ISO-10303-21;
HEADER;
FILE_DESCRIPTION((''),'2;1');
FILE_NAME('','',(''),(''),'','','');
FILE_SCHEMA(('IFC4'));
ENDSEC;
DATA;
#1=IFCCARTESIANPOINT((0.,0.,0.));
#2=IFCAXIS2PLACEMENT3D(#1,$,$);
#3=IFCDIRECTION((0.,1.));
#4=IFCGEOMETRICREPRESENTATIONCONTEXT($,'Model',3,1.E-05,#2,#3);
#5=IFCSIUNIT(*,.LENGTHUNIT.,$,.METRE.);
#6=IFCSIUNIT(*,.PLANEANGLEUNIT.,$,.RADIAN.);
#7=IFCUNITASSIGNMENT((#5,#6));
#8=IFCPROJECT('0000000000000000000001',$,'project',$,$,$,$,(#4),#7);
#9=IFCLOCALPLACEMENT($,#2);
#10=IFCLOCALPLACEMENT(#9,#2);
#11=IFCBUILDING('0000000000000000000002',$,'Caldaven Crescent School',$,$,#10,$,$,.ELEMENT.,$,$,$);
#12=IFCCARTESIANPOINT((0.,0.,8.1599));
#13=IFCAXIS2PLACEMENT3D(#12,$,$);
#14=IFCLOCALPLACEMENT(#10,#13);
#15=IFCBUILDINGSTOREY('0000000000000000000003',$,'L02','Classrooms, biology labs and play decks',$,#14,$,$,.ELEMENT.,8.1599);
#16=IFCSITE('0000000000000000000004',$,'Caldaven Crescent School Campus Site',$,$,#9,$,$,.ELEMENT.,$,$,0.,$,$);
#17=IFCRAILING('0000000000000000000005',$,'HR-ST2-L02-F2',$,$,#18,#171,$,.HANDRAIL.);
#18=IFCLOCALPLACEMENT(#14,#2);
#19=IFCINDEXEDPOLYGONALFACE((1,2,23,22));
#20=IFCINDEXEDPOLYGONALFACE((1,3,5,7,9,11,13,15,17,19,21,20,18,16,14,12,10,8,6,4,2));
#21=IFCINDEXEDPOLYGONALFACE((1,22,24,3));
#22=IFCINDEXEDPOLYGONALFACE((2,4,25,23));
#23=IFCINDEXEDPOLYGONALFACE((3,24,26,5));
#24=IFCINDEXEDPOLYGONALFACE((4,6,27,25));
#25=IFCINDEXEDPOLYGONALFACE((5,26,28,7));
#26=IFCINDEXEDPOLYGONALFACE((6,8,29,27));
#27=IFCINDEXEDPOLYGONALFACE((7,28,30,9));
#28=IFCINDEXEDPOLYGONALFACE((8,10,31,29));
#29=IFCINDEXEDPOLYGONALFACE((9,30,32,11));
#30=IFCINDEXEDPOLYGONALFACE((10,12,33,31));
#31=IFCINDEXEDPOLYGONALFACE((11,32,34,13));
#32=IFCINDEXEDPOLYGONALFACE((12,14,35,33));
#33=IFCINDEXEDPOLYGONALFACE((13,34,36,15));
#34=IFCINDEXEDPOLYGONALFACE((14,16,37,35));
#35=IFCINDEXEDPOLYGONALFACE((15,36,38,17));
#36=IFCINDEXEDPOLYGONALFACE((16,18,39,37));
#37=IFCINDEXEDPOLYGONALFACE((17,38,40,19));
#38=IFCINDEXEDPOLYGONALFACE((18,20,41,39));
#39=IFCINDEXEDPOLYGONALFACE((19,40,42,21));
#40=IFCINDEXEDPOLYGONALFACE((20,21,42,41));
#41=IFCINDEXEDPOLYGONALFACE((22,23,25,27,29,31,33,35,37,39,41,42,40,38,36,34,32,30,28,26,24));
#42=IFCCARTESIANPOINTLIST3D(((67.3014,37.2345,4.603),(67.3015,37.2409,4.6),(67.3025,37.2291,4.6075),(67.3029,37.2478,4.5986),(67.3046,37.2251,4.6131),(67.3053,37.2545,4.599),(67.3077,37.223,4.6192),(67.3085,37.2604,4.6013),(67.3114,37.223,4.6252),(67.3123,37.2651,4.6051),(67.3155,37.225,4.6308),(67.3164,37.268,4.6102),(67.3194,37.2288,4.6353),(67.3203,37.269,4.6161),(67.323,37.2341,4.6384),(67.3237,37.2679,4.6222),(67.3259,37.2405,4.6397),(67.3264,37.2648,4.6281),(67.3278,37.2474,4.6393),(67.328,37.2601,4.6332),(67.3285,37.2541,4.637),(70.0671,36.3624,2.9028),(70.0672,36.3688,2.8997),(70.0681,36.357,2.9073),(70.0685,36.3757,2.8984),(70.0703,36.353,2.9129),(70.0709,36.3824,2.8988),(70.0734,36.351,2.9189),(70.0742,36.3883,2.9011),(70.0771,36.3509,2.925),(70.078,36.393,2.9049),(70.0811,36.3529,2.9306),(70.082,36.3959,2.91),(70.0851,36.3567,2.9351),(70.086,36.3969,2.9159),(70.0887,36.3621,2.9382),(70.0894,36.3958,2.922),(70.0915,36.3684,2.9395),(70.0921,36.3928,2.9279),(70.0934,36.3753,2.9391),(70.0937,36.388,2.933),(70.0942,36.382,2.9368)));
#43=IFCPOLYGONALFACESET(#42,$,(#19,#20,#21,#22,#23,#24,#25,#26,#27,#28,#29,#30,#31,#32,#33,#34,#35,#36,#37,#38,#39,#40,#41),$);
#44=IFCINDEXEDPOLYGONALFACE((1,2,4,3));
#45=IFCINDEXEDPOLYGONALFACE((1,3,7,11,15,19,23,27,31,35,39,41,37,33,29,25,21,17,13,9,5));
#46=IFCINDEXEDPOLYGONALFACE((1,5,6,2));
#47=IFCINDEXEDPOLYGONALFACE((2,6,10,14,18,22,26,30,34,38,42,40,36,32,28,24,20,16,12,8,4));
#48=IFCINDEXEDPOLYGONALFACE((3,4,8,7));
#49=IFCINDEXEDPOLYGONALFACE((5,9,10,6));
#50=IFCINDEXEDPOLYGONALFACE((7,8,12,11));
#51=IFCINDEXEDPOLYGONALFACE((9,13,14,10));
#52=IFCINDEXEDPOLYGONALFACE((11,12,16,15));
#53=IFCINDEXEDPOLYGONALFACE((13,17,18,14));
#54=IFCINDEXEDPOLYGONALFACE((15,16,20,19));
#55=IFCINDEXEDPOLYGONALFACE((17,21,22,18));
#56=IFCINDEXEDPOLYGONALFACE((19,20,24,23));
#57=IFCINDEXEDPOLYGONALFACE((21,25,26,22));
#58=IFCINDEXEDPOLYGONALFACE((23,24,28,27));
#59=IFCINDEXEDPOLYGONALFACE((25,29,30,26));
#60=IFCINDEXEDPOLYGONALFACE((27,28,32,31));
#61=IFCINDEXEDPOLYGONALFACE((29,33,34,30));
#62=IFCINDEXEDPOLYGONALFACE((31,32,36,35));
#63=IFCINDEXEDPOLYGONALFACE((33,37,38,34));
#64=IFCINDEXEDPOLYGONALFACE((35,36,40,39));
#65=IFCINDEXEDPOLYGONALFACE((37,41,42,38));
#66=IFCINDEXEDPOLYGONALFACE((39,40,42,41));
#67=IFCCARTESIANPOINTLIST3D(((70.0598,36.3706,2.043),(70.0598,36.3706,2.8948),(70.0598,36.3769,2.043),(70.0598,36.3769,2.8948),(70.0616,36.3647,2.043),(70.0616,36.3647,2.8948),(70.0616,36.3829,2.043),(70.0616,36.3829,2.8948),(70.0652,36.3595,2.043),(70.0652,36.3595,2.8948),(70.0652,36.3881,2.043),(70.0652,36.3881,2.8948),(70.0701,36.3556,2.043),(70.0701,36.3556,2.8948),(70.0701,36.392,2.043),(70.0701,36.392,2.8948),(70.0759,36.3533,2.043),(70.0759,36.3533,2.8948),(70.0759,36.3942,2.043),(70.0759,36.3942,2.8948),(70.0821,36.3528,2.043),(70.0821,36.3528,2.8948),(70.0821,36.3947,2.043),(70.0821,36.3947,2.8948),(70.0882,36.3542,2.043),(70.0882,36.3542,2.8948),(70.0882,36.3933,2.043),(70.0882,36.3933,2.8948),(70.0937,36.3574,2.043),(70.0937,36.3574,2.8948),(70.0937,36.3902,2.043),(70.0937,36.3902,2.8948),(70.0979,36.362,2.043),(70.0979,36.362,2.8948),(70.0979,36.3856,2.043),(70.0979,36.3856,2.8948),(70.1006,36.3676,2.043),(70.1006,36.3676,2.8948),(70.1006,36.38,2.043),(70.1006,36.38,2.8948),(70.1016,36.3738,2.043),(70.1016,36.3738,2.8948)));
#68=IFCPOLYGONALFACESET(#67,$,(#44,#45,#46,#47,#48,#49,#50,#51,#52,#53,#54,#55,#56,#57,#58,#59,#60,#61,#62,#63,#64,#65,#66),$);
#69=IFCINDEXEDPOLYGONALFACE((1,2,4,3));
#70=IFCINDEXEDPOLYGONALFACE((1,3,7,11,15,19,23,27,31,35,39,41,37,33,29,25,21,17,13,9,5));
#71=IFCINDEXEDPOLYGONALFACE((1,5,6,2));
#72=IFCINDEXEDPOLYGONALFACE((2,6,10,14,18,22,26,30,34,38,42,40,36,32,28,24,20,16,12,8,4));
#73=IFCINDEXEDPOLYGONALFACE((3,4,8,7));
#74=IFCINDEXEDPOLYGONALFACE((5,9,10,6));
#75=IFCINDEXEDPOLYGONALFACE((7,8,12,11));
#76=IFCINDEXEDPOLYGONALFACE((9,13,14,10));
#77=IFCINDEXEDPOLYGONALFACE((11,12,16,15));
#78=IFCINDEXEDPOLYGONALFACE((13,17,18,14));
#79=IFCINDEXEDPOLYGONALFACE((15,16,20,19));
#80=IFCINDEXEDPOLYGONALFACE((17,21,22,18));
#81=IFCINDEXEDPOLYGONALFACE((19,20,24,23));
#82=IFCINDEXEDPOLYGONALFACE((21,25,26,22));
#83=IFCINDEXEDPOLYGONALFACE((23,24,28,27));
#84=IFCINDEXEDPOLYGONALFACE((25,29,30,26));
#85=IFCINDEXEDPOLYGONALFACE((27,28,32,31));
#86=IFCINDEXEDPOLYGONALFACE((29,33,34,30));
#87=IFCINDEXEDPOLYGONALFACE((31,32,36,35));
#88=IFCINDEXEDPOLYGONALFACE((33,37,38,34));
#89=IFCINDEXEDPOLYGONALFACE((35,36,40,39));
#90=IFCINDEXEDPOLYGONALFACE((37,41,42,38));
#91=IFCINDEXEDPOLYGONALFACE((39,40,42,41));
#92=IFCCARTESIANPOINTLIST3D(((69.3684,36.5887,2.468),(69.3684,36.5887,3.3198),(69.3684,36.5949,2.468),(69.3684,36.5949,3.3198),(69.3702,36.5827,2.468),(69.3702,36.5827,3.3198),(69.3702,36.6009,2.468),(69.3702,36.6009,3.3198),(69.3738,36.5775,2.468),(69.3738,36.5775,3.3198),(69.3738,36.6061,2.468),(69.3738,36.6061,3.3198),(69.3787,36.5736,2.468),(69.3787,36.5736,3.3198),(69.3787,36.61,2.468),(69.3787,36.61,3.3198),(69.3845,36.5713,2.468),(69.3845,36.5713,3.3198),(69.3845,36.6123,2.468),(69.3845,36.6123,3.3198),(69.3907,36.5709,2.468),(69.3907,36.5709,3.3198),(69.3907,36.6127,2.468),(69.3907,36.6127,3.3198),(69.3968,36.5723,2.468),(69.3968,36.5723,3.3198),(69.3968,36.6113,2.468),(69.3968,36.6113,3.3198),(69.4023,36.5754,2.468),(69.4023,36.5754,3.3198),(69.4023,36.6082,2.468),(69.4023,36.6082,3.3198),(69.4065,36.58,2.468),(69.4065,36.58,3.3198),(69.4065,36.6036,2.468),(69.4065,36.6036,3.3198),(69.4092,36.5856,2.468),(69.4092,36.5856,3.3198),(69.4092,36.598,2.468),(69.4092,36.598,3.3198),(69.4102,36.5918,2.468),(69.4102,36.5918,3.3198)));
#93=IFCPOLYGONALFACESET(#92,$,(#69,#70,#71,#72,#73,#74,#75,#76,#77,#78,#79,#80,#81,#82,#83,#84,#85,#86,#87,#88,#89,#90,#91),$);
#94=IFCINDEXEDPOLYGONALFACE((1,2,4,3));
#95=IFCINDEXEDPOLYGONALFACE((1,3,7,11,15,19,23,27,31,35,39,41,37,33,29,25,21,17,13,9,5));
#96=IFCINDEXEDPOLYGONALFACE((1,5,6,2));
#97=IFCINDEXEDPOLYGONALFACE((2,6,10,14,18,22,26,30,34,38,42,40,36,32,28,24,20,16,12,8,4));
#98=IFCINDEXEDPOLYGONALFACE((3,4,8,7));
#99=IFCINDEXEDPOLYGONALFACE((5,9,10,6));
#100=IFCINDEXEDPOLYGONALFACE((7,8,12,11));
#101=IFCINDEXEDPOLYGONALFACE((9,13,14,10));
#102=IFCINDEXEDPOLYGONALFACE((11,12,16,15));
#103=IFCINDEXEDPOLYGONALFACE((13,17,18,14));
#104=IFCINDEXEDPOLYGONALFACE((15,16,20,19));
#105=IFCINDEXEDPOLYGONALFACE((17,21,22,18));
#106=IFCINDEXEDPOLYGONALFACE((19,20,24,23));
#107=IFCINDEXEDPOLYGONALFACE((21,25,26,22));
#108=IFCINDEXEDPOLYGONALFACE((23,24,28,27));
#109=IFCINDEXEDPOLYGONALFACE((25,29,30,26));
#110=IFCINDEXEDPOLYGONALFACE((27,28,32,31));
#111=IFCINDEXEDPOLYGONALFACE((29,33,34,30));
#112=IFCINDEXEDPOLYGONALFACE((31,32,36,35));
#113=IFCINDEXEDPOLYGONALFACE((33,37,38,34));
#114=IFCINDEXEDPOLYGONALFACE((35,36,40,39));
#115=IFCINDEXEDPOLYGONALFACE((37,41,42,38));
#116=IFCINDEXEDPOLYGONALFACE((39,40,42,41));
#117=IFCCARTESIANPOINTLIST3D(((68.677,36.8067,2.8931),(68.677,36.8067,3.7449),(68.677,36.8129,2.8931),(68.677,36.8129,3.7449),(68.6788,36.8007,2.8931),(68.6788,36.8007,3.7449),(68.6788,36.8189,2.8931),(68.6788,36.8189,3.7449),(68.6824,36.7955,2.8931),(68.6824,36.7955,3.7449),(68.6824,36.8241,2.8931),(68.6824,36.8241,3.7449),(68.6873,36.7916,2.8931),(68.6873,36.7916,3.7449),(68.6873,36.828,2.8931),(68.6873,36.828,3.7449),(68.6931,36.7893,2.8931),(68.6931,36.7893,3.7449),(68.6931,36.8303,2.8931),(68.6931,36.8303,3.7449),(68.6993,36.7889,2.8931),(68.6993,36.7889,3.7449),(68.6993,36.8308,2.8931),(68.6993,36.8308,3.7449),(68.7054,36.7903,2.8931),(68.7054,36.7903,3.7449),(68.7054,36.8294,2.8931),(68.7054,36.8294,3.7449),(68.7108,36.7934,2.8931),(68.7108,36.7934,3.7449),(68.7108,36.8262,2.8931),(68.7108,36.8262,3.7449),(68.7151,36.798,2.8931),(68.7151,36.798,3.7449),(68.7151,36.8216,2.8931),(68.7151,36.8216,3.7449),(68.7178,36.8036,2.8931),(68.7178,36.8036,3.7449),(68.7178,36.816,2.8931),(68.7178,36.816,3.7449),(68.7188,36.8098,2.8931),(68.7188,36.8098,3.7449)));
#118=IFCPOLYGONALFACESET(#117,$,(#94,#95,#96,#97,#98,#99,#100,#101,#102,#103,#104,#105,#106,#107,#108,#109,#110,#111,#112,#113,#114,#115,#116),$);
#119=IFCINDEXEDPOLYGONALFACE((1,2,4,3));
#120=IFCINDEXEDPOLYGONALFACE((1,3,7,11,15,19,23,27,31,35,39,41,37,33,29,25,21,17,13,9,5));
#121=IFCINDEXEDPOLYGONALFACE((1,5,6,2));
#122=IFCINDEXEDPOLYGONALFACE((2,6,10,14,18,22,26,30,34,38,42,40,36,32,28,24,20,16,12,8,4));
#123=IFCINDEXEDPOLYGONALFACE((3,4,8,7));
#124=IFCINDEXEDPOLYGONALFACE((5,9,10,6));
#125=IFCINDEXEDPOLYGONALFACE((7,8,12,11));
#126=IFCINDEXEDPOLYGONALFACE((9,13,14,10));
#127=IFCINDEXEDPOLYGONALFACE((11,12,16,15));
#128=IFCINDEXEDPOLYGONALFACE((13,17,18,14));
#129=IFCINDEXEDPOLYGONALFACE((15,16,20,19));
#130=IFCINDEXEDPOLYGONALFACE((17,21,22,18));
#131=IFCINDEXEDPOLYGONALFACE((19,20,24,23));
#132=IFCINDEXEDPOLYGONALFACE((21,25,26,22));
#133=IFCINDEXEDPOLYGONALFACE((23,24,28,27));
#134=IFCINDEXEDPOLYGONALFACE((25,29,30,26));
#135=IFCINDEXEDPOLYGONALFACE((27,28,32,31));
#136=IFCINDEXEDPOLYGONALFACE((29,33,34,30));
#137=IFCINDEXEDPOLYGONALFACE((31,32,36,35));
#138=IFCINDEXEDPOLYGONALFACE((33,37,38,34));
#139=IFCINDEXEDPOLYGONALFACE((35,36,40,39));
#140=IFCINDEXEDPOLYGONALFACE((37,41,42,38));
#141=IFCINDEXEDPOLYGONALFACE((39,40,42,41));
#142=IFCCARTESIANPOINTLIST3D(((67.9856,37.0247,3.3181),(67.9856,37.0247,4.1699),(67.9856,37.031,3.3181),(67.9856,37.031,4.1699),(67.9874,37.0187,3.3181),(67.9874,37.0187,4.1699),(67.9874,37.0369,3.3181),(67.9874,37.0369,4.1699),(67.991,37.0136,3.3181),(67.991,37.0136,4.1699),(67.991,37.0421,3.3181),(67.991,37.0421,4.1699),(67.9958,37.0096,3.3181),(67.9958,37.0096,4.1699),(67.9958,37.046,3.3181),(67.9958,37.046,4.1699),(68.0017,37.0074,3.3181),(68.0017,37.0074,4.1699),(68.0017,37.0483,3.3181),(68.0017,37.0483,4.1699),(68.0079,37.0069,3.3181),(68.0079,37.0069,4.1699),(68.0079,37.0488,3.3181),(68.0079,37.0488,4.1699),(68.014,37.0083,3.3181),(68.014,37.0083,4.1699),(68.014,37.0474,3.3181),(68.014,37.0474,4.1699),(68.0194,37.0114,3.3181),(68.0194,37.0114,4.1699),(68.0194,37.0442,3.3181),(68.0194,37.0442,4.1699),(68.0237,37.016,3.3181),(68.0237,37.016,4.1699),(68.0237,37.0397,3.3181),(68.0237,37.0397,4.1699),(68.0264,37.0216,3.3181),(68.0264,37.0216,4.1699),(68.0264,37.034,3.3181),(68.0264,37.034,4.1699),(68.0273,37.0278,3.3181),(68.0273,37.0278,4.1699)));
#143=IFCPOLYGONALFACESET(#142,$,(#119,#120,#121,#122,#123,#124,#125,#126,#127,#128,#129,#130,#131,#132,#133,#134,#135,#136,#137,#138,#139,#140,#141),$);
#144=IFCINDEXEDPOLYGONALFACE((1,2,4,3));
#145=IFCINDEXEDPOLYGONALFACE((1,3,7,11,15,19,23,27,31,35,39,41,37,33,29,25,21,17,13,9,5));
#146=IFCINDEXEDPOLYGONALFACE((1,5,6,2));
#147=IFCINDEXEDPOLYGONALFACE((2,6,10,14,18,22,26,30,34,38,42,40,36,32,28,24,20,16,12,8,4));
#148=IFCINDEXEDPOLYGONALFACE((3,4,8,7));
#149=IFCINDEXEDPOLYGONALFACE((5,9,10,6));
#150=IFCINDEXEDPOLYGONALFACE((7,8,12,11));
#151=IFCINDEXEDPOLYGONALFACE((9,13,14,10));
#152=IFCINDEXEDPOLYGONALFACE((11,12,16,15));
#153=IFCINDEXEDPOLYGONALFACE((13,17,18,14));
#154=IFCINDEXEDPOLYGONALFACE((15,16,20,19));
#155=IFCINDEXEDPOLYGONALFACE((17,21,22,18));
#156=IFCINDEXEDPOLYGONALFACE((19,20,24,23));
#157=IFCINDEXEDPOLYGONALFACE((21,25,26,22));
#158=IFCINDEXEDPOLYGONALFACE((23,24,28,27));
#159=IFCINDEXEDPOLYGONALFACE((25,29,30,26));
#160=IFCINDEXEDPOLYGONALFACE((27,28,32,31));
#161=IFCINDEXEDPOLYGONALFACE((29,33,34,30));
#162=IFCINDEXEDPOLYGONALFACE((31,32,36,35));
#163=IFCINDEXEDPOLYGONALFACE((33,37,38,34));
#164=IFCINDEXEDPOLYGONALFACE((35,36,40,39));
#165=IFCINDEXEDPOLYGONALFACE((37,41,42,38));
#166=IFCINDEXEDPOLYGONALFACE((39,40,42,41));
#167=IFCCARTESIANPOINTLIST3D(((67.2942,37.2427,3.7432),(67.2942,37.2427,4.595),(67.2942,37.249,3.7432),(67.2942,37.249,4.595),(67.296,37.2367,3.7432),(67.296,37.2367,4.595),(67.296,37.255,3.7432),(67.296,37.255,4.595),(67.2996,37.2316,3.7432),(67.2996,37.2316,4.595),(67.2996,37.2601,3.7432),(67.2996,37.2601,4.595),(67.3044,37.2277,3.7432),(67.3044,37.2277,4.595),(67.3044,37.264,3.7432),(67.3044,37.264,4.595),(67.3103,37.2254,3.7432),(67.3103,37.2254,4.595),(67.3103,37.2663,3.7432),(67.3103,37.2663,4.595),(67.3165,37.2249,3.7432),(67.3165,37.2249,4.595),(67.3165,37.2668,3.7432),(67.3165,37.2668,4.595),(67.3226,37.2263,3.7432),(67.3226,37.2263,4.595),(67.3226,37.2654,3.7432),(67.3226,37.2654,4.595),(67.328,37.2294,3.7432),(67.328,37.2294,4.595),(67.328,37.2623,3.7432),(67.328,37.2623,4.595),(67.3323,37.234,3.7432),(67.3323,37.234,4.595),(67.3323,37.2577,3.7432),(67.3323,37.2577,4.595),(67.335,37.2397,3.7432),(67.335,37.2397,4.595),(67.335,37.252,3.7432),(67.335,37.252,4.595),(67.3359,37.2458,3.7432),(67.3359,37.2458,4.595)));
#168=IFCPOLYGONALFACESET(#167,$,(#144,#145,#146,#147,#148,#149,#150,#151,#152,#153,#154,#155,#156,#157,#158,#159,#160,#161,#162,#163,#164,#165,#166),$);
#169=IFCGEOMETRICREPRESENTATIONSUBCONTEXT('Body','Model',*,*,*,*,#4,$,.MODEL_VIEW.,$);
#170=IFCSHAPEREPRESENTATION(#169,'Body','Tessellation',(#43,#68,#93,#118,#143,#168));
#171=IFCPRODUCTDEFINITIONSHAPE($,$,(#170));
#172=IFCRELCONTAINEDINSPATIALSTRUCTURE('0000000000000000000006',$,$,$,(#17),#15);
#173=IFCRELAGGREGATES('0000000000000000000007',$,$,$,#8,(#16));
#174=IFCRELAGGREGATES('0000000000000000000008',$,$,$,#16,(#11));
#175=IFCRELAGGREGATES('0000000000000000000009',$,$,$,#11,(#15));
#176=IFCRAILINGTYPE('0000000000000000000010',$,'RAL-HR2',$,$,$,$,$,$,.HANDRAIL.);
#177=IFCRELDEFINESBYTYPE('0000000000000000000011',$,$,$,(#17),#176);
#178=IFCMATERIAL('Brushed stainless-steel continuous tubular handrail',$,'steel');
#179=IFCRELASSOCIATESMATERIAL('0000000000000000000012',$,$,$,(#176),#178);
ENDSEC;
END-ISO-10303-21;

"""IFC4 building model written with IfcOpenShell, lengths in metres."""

from ifc_helpers import new_model, si_unit, direction, frame, origin, origin_2d, place, context, subcontext, project, spatial, circle, extrude, material, type_object, element, save


model = new_model("IFC4")

# Units and contexts
model_context = context("Model", 3, precision=1e-05, world=origin(), true_north=direction((0.0, 1.0)))
body_context = subcontext(model_context, "Body", "Model", "MODEL_VIEW")
ifc_project = project(units=[si_unit("LENGTHUNIT", "METRE"), si_unit("PLANEANGLEUNIT", "RADIAN")], contexts=[model_context])

# Site, building, storey
site_placement = place(None, origin())
site = spatial("IfcSite", under=ifc_project, at=site_placement, Name="Caldaven Crescent School Campus Site", CompositionType="ELEMENT", RefElevation=0.0)
building_placement = place(site_placement, origin())
building = spatial("IfcBuilding", under=site, at=building_placement, Name="Caldaven Crescent School", CompositionType="ELEMENT")
storey_placement = place(building_placement, frame((0.0, 0.0, 8.1599)))
storey = spatial("IfcBuildingStorey", under=building, at=storey_placement, Name="L02", Description="Classrooms, biology labs and play decks", CompositionType="ELEMENT", Elevation=8.1599)

# Railing
ifc_material_1 = material(Name="Brushed stainless-steel continuous tubular handrail", Category="steel")
railing_type_1 = type_object("IfcRailingType", Name="RAL-HR2", PredefinedType="HANDRAIL", material=ifc_material_1)
railing_1_placement = place(storey_placement, frame((70.0806, 36.3738, 2.043)))
element("IfcRailing", 1, at=railing_1_placement, inside=storey, type_object=railing_type_1, Name="HR-ST2-L02-F2", PredefinedType="HANDRAIL", context=body_context, shape_type="SweptSolid", body=[
    extrude(circle(Radius=0.0239, at=origin_2d()), frame((0.0, 0.0, 0.876), z_axis=(-0.822729, 0.259427, 0.505781), x_axis=(-0.300728, -0.95371, 0.0)), (0.0, 0.0, 1.0), 3.3616),
    extrude(circle(Radius=0.021, at=origin_2d()), origin(), (0.0, 0.0, 1.0), 0.8518),
    extrude(circle(Radius=0.021, at=origin_2d()), frame((-0.6914, 0.218, 0.425)), (0.0, 0.0, 1.0), 0.8518),
    extrude(circle(Radius=0.021, at=origin_2d()), frame((-1.3828, 0.436, 0.8501)), (0.0, 0.0, 1.0), 0.8518),
    extrude(circle(Radius=0.021, at=origin_2d()), frame((-2.0742, 0.6541, 1.2751)), (0.0, 0.0, 1.0), 0.8518),
    extrude(circle(Radius=0.021, at=origin_2d()), frame((-2.7656, 0.8721, 1.7002)), (0.0, 0.0, 1.0), 0.8518),
])

save(model, "model.ifc")
